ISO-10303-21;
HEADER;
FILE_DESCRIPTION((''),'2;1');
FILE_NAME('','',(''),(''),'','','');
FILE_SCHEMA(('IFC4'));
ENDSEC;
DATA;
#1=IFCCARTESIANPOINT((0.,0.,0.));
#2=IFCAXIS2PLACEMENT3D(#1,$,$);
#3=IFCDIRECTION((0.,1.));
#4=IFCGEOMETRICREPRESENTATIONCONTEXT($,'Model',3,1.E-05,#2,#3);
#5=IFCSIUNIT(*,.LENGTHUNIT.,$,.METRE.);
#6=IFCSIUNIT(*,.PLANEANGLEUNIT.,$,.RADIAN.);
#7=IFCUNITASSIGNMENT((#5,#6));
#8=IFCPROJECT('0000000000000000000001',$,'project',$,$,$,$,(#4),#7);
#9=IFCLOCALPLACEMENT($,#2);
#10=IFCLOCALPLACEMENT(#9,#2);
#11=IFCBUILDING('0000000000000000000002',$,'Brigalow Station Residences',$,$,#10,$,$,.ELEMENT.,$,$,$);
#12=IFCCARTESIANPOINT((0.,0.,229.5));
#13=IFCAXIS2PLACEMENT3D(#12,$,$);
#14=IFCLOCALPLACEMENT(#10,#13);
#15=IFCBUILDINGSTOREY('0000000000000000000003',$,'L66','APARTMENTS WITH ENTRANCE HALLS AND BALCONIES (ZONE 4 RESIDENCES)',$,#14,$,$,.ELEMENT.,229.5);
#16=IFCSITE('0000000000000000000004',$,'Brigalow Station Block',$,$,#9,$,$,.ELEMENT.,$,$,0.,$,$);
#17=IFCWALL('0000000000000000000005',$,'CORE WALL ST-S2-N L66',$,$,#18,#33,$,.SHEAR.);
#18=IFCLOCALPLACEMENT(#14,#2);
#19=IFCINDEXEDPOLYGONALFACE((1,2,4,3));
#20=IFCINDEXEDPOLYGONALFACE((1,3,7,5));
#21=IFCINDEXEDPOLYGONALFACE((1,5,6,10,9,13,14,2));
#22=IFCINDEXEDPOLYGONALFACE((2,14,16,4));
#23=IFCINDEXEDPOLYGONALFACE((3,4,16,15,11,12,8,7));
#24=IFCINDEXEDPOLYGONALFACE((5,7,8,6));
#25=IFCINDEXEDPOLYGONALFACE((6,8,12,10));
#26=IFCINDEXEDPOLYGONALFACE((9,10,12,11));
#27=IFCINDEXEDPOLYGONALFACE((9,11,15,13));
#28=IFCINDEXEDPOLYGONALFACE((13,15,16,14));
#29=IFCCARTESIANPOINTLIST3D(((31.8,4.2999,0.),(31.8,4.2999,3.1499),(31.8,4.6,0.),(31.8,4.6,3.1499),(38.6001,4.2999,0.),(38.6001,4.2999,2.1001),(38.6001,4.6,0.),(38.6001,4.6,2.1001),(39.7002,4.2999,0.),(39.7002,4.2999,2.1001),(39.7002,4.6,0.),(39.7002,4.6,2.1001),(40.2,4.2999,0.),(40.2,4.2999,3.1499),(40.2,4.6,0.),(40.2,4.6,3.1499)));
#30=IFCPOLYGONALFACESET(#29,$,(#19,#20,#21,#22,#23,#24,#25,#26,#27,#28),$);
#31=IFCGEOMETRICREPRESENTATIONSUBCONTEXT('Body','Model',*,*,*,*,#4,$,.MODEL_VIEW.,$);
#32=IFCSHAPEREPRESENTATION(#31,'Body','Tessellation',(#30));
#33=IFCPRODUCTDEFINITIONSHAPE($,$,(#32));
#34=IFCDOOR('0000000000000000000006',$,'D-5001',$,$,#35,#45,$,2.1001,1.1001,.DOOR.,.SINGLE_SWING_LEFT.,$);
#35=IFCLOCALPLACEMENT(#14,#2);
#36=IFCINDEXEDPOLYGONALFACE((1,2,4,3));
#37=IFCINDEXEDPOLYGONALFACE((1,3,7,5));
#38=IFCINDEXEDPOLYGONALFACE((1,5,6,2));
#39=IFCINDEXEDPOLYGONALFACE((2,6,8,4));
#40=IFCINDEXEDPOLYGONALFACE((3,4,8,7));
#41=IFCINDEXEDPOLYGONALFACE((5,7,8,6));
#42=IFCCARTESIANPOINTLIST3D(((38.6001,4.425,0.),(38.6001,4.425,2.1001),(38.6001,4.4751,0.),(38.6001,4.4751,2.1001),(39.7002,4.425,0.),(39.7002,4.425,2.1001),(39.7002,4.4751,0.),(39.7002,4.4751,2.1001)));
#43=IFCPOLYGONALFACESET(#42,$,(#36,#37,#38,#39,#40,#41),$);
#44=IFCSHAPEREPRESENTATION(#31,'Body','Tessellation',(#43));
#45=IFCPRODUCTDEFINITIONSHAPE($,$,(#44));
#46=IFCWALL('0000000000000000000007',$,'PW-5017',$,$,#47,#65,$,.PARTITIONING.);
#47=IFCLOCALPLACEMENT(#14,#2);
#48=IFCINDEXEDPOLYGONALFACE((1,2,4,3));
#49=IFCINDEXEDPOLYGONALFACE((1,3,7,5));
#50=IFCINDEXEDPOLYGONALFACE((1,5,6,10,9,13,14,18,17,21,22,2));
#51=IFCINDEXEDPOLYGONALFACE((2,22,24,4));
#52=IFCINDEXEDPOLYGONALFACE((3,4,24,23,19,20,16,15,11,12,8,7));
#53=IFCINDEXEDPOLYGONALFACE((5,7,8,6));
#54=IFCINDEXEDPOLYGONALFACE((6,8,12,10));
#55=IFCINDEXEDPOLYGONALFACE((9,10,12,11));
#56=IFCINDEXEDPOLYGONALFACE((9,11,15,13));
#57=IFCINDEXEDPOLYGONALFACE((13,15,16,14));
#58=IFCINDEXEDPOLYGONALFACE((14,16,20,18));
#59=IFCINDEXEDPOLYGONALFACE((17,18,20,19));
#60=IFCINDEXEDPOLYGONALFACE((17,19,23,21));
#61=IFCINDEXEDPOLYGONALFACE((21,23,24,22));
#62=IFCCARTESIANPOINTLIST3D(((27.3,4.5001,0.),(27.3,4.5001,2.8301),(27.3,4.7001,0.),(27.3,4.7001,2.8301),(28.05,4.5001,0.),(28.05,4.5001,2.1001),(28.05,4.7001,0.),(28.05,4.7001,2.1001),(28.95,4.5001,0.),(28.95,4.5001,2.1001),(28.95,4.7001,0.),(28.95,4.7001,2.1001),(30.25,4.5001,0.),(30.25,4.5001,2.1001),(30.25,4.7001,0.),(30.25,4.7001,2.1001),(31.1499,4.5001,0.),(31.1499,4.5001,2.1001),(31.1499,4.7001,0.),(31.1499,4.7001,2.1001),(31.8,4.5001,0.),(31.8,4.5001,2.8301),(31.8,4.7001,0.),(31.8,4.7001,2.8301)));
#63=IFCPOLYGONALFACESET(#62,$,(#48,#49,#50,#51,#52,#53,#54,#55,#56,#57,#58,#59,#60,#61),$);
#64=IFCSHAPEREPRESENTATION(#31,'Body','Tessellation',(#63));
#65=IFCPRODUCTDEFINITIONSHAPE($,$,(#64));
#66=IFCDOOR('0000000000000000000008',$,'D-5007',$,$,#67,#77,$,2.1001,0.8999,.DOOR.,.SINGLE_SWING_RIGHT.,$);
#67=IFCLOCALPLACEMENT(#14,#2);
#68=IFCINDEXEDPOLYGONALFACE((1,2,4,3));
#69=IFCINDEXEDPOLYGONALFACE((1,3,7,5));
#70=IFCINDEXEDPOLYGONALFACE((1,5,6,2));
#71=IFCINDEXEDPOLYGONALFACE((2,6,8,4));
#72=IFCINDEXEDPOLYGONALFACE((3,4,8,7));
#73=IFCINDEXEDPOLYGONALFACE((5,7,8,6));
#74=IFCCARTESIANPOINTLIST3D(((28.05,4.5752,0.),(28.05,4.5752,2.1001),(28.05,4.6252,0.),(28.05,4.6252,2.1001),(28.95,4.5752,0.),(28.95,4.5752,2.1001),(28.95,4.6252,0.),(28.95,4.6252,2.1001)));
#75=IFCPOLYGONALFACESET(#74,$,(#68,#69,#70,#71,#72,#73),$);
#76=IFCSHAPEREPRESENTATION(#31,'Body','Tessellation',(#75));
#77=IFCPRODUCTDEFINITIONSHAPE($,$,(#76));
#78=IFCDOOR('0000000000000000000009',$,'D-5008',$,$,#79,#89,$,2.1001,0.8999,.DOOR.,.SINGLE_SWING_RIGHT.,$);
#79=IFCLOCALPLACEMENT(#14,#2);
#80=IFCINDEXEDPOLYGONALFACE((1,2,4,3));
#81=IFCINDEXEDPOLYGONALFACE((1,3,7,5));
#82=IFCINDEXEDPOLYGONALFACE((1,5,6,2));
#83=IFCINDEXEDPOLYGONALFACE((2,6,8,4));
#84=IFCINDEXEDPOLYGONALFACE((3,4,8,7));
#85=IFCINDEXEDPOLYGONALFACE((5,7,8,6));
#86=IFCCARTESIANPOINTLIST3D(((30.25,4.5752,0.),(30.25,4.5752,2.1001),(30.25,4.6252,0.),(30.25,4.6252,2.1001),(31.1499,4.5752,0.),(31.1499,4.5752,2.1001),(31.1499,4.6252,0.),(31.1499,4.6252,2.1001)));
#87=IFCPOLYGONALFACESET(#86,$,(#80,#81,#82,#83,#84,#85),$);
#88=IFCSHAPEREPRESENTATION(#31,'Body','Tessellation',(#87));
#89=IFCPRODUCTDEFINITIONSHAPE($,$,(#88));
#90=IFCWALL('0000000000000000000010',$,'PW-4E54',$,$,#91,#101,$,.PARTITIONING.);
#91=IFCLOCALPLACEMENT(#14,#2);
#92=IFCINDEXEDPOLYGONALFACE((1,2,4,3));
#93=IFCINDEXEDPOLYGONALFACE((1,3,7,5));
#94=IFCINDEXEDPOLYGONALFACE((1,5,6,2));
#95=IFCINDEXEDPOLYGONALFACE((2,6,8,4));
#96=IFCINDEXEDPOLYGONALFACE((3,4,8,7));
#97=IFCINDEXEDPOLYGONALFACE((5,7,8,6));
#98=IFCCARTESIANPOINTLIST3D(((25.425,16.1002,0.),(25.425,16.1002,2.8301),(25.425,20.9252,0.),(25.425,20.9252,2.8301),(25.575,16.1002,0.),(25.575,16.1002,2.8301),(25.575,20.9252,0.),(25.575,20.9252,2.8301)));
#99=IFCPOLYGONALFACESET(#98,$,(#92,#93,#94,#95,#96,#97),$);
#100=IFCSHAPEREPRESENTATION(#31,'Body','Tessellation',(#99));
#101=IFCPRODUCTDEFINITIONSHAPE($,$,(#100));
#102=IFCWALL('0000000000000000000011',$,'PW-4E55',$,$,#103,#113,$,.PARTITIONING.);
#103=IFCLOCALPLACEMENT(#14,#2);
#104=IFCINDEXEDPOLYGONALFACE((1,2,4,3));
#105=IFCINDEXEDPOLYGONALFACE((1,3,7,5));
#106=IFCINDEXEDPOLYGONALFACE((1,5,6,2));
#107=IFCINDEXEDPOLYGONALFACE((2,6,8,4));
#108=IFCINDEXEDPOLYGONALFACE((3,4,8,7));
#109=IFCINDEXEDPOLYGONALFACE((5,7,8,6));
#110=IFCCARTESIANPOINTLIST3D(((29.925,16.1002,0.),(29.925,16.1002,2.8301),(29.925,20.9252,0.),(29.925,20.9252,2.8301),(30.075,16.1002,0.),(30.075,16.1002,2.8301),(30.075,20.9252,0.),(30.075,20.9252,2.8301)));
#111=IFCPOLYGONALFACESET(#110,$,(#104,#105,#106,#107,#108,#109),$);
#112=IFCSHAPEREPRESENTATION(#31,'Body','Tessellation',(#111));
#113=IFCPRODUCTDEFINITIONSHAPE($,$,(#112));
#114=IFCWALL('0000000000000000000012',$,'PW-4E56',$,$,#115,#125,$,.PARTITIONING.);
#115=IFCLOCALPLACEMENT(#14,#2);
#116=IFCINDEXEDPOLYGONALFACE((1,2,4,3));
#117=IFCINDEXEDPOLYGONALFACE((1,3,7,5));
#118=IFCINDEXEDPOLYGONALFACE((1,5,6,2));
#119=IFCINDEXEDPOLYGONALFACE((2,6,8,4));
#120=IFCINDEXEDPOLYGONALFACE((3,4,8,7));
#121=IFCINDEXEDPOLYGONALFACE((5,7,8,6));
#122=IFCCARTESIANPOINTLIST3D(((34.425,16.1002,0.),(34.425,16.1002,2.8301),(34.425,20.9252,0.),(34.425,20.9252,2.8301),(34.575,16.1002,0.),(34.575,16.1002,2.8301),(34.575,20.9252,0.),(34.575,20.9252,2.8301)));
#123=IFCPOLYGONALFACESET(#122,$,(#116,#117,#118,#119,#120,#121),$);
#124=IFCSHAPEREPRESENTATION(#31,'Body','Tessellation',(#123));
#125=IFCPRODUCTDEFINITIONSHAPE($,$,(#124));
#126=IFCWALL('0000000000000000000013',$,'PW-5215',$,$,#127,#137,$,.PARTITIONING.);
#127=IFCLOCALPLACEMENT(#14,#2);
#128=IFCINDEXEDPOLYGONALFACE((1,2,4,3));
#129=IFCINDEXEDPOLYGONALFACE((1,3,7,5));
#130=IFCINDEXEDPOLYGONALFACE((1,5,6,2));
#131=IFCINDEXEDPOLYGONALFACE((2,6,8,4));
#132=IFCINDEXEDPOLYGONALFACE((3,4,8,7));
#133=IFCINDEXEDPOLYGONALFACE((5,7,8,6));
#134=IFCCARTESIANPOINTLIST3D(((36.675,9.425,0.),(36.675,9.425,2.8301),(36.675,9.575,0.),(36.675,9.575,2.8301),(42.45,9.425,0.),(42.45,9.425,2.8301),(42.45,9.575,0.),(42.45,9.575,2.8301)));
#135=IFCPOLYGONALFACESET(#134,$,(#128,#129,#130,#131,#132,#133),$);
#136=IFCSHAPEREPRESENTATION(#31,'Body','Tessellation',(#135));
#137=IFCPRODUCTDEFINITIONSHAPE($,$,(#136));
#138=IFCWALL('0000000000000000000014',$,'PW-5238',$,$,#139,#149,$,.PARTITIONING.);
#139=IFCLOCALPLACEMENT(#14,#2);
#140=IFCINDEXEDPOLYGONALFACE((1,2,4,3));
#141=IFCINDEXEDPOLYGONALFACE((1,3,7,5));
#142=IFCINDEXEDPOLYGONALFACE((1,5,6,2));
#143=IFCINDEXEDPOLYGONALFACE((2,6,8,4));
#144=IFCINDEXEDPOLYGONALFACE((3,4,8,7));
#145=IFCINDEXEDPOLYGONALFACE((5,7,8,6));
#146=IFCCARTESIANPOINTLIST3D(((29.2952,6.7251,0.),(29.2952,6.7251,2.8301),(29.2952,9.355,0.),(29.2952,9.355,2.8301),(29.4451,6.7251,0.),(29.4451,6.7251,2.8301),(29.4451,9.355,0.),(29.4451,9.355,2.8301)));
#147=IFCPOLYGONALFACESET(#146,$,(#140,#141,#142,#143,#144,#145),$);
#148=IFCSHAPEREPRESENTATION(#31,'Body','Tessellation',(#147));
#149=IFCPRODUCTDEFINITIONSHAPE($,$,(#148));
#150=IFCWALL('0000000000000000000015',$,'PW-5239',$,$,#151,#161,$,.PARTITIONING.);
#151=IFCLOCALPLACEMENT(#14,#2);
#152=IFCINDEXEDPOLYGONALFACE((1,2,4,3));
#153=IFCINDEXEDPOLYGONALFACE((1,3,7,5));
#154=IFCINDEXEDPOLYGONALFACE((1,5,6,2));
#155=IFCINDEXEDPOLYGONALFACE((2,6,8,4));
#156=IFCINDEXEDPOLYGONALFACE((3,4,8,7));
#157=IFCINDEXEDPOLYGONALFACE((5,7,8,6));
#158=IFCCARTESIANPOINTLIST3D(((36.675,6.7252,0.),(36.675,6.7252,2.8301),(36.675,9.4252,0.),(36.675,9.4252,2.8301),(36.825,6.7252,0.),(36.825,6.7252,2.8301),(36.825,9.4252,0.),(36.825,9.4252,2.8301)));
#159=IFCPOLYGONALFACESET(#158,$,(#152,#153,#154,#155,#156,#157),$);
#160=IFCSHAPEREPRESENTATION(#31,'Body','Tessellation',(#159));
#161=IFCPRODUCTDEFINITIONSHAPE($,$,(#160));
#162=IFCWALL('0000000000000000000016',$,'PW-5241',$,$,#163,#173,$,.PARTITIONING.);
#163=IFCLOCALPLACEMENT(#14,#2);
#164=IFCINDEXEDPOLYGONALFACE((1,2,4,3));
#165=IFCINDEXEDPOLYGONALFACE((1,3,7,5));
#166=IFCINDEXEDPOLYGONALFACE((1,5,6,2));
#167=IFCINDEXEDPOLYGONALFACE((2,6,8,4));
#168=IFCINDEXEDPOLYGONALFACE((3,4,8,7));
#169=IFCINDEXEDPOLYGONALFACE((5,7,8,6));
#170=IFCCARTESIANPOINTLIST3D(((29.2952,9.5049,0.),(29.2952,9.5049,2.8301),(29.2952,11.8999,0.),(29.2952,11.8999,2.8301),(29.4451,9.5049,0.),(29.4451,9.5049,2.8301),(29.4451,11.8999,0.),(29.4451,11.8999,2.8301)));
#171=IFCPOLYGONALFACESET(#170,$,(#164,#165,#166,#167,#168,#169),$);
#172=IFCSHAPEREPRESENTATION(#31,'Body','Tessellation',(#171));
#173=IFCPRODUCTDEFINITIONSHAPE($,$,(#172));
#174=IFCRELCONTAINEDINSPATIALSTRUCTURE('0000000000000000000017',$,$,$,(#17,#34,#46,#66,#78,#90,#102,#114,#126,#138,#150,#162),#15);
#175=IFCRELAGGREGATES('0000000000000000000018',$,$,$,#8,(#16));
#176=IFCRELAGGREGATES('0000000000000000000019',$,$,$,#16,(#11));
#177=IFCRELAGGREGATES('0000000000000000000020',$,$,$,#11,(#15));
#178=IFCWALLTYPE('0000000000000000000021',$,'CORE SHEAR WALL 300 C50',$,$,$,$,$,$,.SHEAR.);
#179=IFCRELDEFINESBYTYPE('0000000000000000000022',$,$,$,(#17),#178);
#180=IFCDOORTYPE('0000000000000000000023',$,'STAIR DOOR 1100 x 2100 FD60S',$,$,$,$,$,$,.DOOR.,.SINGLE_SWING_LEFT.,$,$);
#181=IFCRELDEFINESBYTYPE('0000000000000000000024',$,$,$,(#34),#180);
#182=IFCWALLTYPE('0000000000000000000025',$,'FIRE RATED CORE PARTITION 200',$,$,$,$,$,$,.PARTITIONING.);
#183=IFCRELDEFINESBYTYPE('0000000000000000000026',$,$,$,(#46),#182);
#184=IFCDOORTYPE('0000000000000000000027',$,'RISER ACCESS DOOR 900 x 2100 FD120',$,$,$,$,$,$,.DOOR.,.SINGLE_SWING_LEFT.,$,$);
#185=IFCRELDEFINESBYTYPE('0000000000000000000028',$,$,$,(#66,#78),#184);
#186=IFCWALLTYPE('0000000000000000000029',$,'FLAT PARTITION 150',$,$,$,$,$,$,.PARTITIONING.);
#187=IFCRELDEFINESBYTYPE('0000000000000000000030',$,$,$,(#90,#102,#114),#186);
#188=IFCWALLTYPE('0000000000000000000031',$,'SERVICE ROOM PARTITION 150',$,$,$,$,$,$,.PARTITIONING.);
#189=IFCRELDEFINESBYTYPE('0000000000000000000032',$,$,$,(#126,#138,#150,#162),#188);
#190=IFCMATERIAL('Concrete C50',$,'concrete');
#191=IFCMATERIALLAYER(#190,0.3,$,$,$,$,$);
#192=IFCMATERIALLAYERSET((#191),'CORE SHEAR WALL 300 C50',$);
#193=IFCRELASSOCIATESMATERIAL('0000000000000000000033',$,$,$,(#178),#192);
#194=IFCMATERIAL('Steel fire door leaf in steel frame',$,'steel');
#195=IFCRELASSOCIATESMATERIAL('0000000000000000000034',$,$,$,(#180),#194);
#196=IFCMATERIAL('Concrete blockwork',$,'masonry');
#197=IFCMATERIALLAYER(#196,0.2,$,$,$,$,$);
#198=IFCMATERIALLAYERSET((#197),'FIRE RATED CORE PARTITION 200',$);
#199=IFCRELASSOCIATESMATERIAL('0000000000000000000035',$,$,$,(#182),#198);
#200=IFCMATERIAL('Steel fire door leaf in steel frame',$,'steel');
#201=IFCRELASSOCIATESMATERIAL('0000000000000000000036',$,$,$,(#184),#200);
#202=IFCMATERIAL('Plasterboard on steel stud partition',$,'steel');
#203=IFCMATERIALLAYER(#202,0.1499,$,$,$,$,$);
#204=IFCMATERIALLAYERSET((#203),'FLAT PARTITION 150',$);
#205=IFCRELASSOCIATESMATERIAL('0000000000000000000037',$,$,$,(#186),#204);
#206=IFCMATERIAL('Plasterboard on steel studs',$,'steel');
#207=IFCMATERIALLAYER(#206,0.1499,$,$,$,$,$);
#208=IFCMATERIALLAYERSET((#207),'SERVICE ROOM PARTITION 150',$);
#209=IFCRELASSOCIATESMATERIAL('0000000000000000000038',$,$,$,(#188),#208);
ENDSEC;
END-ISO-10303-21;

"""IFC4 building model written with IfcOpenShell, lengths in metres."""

from ifc_helpers import new_model, si_unit, direction, frame, frame_2d, origin, place, context, subcontext, project, spatial, rectangle, extrude, material, layer, layer_set, type_object, element, fill, save


model = new_model("IFC4")

# Units and contexts
model_context = context("Model", 3, precision=1e-05, world=origin(), true_north=direction((0.0, 1.0)))
body_context = subcontext(model_context, "Body", "Model", "MODEL_VIEW")
ifc_project = project(units=[si_unit("LENGTHUNIT", "METRE"), si_unit("PLANEANGLEUNIT", "RADIAN")], contexts=[model_context])

# Site, building, storey
site_placement = place(None, origin())
site = spatial("IfcSite", under=ifc_project, at=site_placement, Name="Brigalow Station Block", CompositionType="ELEMENT", RefElevation=0.0)
building_placement = place(site_placement, origin())
building = spatial("IfcBuilding", under=site, at=building_placement, Name="Brigalow Station Residences", CompositionType="ELEMENT")
storey_placement = place(building_placement, frame((0.0, 0.0, 229.5)))
storey = spatial("IfcBuildingStorey", under=building, at=storey_placement, Name="L66", Description="APARTMENTS WITH ENTRANCE HALLS AND BALCONIES (ZONE 4 RESIDENCES)", CompositionType="ELEMENT", Elevation=229.5)

# Wall, opening, door
ifc_material_1 = material(Name="Concrete C50", Category="concrete")
ifc_layer_1 = layer(ifc_material_1, 0.3)
ifc_layer_set_1 = layer_set([ifc_layer_1], Name="CORE SHEAR WALL 300 C50")
wall_type_1 = type_object("IfcWallType", Name="CORE SHEAR WALL 300 C50", PredefinedType="SHEAR", material=ifc_layer_set_1)
wall_1_placement = place(storey_placement, frame((31.8, 4.45, 0.0), z_axis=(0.0, 0.0, 1.0), x_axis=(1.0, 0.0, 0.0)))
wall_1 = element("IfcWall", 1, at=wall_1_placement, inside=storey, type_object=wall_type_1, Name="CORE WALL ST-S2-N L66", PredefinedType="SHEAR", context=body_context, shape_type="SweptSolid", body=[
    extrude(rectangle(XDim=8.3999, YDim=0.3, at=frame_2d((4.2, 0.0))), origin(), (0.0, 0.0, 1.0), 3.1499),
])
opening_1_placement = place(wall_1_placement, frame((6.8, 0.0, 0.0)))
opening_1 = element("IfcOpeningElement", 2, at=opening_1_placement, cuts=wall_1, PredefinedType="OPENING", context=body_context, shape_type="SweptSolid", body=[
    extrude(rectangle(XDim=1.1001, YDim=2.1001, at=frame_2d((0.55, 1.05))), frame((0.0, 0.1602, 0.0), z_axis=(0.0, -1.0, 0.0), x_axis=(1.0, 0.0, 0.0)), (0.0, 0.0, 1.0), 0.3201),
])
ifc_material_2 = material(Name="Steel fire door leaf in steel frame", Category="steel")
door_type_1 = type_object("IfcDoorType", Name="STAIR DOOR 1100 x 2100 FD60S", OperationType="SINGLE_SWING_LEFT", PredefinedType="DOOR", material=ifc_material_2)
door_1_placement = place(opening_1_placement, frame((1.1001, 0.0, 0.0), z_axis=(0.0, 0.0, 1.0), x_axis=(-1.0, 0.0, 0.0)))
door_1 = element("IfcDoor", 3, at=door_1_placement, inside=storey, type_object=door_type_1, Name="D-5001", OperationType="SINGLE_SWING_LEFT", OverallHeight=2.1001, OverallWidth=1.1001, PredefinedType="DOOR", context=body_context, shape_type="SweptSolid", body=[
    extrude(rectangle(XDim=1.1001, YDim=2.1001, at=frame_2d((0.55, 1.05))), frame((0.0, 0.0249, 0.0), z_axis=(0.0, -1.0, 0.0), x_axis=(1.0, 0.0, 0.0)), (0.0, 0.0, 1.0), 0.05),
])
fill(opening_1, door_1)

# Wall, openings, doors
ifc_material_3 = material(Name="Concrete blockwork", Category="masonry")
ifc_layer_2 = layer(ifc_material_3, 0.2)
ifc_layer_set_2 = layer_set([ifc_layer_2], Name="FIRE RATED CORE PARTITION 200")
wall_type_2 = type_object("IfcWallType", Name="FIRE RATED CORE PARTITION 200", PredefinedType="PARTITIONING", material=ifc_layer_set_2)
wall_2_placement = place(storey_placement, frame((27.3, 4.6001, 0.0), z_axis=(0.0, 0.0, 1.0), x_axis=(1.0, 0.0, 0.0)))
wall_2 = element("IfcWall", 4, at=wall_2_placement, inside=storey, type_object=wall_type_2, Name="PW-5017", PredefinedType="PARTITIONING", context=body_context, shape_type="SweptSolid", body=[
    extrude(rectangle(XDim=4.5, YDim=0.2, at=frame_2d((2.25, 0.0))), origin(), (0.0, 0.0, 1.0), 2.8301),
])
opening_2_placement = place(wall_2_placement, frame((0.75, 0.0, 0.0)))
opening_2 = element("IfcOpeningElement", 5, at=opening_2_placement, cuts=wall_2, PredefinedType="OPENING", context=body_context, shape_type="SweptSolid", body=[
    extrude(rectangle(XDim=0.8999, YDim=2.1001, at=frame_2d((0.45, 1.05))), frame((0.0, 0.1099, 0.0), z_axis=(0.0, -1.0, 0.0), x_axis=(1.0, 0.0, 0.0)), (0.0, 0.0, 1.0), 0.22),
])
opening_3_placement = place(wall_2_placement, frame((2.95, 0.0, 0.0)))
opening_3 = element("IfcOpeningElement", 6, at=opening_3_placement, cuts=wall_2, PredefinedType="OPENING", context=body_context, shape_type="SweptSolid", body=[
    extrude(rectangle(XDim=0.8999, YDim=2.1001, at=frame_2d((0.45, 1.05))), frame((0.0, 0.1099, 0.0), z_axis=(0.0, -1.0, 0.0), x_axis=(1.0, 0.0, 0.0)), (0.0, 0.0, 1.0), 0.22),
])
ifc_material_4 = material(Name="Steel fire door leaf in steel frame", Category="steel")
door_type_2 = type_object("IfcDoorType", Name="RISER ACCESS DOOR 900 x 2100 FD120", OperationType="SINGLE_SWING_LEFT", PredefinedType="DOOR", material=ifc_material_4)
door_2_placement = place(opening_2_placement, frame((0.8999, 0.0, 0.0), z_axis=(0.0, 0.0, 1.0), x_axis=(-1.0, 0.0, 0.0)))
door_2 = element("IfcDoor", 7, at=door_2_placement, inside=storey, type_object=door_type_2, Name="D-5007", OperationType="SINGLE_SWING_RIGHT", OverallHeight=2.1001, OverallWidth=0.8999, PredefinedType="DOOR", context=body_context, shape_type="SweptSolid", body=[
    extrude(rectangle(XDim=0.8999, YDim=2.1001, at=frame_2d((0.45, 1.05))), frame((0.0, 0.0249, 0.0), z_axis=(0.0, -1.0, 0.0), x_axis=(1.0, 0.0, 0.0)), (0.0, 0.0, 1.0), 0.05),
])
fill(opening_2, door_2)
door_3_placement = place(opening_3_placement, frame((0.8999, 0.0, 0.0), z_axis=(0.0, 0.0, 1.0), x_axis=(-1.0, 0.0, 0.0)))
door_3 = element("IfcDoor", 8, at=door_3_placement, inside=storey, type_object=door_type_2, Name="D-5008", OperationType="SINGLE_SWING_RIGHT", OverallHeight=2.1001, OverallWidth=0.8999, PredefinedType="DOOR", context=body_context, shape_type="SweptSolid", body=[
    extrude(rectangle(XDim=0.8999, YDim=2.1001, at=frame_2d((0.45, 1.05))), frame((0.0, 0.0249, 0.0), z_axis=(0.0, -1.0, 0.0), x_axis=(1.0, 0.0, 0.0)), (0.0, 0.0, 1.0), 0.05),
])
fill(opening_3, door_3)

# Walls
ifc_material_5 = material(Name="Plasterboard on steel stud partition", Category="steel")
ifc_layer_3 = layer(ifc_material_5, 0.1499)
ifc_layer_set_3 = layer_set([ifc_layer_3], Name="FLAT PARTITION 150")
wall_type_3 = type_object("IfcWallType", Name="FLAT PARTITION 150", PredefinedType="PARTITIONING", material=ifc_layer_set_3)
for number, where, z_axis, x_axis, name in (
    (9, (25.5, 16.1001, 0.0), (0.0, 0.0, 1.0), (0.0, 1.0, 0.0), "PW-4E54"),
    (10, (30.0, 16.1001, 0.0), (0.0, 0.0, 1.0), (0.0, 1.0, 0.0), "PW-4E55"),
    (11, (34.5, 16.1001, 0.0), (0.0, 0.0, 1.0), (0.0, 1.0, 0.0), "PW-4E56"),
):
    element("IfcWall", number, at=place(storey_placement, frame(where, z_axis=z_axis, x_axis=x_axis)), inside=storey, type_object=wall_type_3, Name=name, PredefinedType="PARTITIONING", context=body_context, shape_type="SweptSolid", body=[
        extrude(rectangle(XDim=4.825, YDim=0.1499, at=frame_2d((2.4126, 0.0))), origin(), (0.0, 0.0, 1.0), 2.8301),
    ])
ifc_material_6 = material(Name="Plasterboard on steel studs", Category="steel")
ifc_layer_4 = layer(ifc_material_6, 0.1499)
ifc_layer_set_4 = layer_set([ifc_layer_4], Name="SERVICE ROOM PARTITION 150")
wall_type_4 = type_object("IfcWallType", Name="SERVICE ROOM PARTITION 150", PredefinedType="PARTITIONING", material=ifc_layer_set_4)
wall_3_placement = place(storey_placement, frame((36.675, 9.5, 0.0), z_axis=(0.0, 0.0, 1.0), x_axis=(1.0, 0.0, 0.0)))
element("IfcWall", 12, at=wall_3_placement, inside=storey, type_object=wall_type_4, Name="PW-5215", PredefinedType="PARTITIONING", context=body_context, shape_type="SweptSolid", body=[
    extrude(rectangle(XDim=5.7749, YDim=0.1499, at=frame_2d((2.8875, 0.0))), origin(), (0.0, 0.0, 1.0), 2.8301),
])
wall_4_placement = place(storey_placement, frame((29.3701, 6.7251, 0.0), z_axis=(0.0, 0.0, 1.0), x_axis=(0.0, 1.0, 0.0)))
element("IfcWall", 13, at=wall_4_placement, inside=storey, type_object=wall_type_4, Name="PW-5238", PredefinedType="PARTITIONING", context=body_context, shape_type="SweptSolid", body=[
    extrude(rectangle(XDim=2.6299, YDim=0.1499, at=frame_2d((1.3149, 0.0))), origin(), (0.0, 0.0, 1.0), 2.8301),
])
wall_5_placement = place(storey_placement, frame((36.75, 6.7251, 0.0), z_axis=(0.0, 0.0, 1.0), x_axis=(0.0, 1.0, 0.0)))
element("IfcWall", 14, at=wall_5_placement, inside=storey, type_object=wall_type_4, Name="PW-5239", PredefinedType="PARTITIONING", context=body_context, shape_type="SweptSolid", body=[
    extrude(rectangle(XDim=2.7, YDim=0.1499, at=frame_2d((1.3501, 0.0))), origin(), (0.0, 0.0, 1.0), 2.8301),
])
for number, where, z_axis, x_axis, name in (
    (15, (29.3701, 9.5049, 0.0), (0.0, 0.0, 1.0), (0.0, 1.0, 0.0), "PW-5241"),
):
    element("IfcWall", number, at=place(storey_placement, frame(where, z_axis=z_axis, x_axis=x_axis)), inside=storey, type_object=wall_type_4, Name=name, PredefinedType="PARTITIONING", context=body_context, shape_type="SweptSolid", body=[
        extrude(rectangle(XDim=2.395, YDim=0.1499, at=frame_2d((1.1975, 0.0))), origin(), (0.0, 0.0, 1.0), 2.8301),
    ])

save(model, "model.ifc")
